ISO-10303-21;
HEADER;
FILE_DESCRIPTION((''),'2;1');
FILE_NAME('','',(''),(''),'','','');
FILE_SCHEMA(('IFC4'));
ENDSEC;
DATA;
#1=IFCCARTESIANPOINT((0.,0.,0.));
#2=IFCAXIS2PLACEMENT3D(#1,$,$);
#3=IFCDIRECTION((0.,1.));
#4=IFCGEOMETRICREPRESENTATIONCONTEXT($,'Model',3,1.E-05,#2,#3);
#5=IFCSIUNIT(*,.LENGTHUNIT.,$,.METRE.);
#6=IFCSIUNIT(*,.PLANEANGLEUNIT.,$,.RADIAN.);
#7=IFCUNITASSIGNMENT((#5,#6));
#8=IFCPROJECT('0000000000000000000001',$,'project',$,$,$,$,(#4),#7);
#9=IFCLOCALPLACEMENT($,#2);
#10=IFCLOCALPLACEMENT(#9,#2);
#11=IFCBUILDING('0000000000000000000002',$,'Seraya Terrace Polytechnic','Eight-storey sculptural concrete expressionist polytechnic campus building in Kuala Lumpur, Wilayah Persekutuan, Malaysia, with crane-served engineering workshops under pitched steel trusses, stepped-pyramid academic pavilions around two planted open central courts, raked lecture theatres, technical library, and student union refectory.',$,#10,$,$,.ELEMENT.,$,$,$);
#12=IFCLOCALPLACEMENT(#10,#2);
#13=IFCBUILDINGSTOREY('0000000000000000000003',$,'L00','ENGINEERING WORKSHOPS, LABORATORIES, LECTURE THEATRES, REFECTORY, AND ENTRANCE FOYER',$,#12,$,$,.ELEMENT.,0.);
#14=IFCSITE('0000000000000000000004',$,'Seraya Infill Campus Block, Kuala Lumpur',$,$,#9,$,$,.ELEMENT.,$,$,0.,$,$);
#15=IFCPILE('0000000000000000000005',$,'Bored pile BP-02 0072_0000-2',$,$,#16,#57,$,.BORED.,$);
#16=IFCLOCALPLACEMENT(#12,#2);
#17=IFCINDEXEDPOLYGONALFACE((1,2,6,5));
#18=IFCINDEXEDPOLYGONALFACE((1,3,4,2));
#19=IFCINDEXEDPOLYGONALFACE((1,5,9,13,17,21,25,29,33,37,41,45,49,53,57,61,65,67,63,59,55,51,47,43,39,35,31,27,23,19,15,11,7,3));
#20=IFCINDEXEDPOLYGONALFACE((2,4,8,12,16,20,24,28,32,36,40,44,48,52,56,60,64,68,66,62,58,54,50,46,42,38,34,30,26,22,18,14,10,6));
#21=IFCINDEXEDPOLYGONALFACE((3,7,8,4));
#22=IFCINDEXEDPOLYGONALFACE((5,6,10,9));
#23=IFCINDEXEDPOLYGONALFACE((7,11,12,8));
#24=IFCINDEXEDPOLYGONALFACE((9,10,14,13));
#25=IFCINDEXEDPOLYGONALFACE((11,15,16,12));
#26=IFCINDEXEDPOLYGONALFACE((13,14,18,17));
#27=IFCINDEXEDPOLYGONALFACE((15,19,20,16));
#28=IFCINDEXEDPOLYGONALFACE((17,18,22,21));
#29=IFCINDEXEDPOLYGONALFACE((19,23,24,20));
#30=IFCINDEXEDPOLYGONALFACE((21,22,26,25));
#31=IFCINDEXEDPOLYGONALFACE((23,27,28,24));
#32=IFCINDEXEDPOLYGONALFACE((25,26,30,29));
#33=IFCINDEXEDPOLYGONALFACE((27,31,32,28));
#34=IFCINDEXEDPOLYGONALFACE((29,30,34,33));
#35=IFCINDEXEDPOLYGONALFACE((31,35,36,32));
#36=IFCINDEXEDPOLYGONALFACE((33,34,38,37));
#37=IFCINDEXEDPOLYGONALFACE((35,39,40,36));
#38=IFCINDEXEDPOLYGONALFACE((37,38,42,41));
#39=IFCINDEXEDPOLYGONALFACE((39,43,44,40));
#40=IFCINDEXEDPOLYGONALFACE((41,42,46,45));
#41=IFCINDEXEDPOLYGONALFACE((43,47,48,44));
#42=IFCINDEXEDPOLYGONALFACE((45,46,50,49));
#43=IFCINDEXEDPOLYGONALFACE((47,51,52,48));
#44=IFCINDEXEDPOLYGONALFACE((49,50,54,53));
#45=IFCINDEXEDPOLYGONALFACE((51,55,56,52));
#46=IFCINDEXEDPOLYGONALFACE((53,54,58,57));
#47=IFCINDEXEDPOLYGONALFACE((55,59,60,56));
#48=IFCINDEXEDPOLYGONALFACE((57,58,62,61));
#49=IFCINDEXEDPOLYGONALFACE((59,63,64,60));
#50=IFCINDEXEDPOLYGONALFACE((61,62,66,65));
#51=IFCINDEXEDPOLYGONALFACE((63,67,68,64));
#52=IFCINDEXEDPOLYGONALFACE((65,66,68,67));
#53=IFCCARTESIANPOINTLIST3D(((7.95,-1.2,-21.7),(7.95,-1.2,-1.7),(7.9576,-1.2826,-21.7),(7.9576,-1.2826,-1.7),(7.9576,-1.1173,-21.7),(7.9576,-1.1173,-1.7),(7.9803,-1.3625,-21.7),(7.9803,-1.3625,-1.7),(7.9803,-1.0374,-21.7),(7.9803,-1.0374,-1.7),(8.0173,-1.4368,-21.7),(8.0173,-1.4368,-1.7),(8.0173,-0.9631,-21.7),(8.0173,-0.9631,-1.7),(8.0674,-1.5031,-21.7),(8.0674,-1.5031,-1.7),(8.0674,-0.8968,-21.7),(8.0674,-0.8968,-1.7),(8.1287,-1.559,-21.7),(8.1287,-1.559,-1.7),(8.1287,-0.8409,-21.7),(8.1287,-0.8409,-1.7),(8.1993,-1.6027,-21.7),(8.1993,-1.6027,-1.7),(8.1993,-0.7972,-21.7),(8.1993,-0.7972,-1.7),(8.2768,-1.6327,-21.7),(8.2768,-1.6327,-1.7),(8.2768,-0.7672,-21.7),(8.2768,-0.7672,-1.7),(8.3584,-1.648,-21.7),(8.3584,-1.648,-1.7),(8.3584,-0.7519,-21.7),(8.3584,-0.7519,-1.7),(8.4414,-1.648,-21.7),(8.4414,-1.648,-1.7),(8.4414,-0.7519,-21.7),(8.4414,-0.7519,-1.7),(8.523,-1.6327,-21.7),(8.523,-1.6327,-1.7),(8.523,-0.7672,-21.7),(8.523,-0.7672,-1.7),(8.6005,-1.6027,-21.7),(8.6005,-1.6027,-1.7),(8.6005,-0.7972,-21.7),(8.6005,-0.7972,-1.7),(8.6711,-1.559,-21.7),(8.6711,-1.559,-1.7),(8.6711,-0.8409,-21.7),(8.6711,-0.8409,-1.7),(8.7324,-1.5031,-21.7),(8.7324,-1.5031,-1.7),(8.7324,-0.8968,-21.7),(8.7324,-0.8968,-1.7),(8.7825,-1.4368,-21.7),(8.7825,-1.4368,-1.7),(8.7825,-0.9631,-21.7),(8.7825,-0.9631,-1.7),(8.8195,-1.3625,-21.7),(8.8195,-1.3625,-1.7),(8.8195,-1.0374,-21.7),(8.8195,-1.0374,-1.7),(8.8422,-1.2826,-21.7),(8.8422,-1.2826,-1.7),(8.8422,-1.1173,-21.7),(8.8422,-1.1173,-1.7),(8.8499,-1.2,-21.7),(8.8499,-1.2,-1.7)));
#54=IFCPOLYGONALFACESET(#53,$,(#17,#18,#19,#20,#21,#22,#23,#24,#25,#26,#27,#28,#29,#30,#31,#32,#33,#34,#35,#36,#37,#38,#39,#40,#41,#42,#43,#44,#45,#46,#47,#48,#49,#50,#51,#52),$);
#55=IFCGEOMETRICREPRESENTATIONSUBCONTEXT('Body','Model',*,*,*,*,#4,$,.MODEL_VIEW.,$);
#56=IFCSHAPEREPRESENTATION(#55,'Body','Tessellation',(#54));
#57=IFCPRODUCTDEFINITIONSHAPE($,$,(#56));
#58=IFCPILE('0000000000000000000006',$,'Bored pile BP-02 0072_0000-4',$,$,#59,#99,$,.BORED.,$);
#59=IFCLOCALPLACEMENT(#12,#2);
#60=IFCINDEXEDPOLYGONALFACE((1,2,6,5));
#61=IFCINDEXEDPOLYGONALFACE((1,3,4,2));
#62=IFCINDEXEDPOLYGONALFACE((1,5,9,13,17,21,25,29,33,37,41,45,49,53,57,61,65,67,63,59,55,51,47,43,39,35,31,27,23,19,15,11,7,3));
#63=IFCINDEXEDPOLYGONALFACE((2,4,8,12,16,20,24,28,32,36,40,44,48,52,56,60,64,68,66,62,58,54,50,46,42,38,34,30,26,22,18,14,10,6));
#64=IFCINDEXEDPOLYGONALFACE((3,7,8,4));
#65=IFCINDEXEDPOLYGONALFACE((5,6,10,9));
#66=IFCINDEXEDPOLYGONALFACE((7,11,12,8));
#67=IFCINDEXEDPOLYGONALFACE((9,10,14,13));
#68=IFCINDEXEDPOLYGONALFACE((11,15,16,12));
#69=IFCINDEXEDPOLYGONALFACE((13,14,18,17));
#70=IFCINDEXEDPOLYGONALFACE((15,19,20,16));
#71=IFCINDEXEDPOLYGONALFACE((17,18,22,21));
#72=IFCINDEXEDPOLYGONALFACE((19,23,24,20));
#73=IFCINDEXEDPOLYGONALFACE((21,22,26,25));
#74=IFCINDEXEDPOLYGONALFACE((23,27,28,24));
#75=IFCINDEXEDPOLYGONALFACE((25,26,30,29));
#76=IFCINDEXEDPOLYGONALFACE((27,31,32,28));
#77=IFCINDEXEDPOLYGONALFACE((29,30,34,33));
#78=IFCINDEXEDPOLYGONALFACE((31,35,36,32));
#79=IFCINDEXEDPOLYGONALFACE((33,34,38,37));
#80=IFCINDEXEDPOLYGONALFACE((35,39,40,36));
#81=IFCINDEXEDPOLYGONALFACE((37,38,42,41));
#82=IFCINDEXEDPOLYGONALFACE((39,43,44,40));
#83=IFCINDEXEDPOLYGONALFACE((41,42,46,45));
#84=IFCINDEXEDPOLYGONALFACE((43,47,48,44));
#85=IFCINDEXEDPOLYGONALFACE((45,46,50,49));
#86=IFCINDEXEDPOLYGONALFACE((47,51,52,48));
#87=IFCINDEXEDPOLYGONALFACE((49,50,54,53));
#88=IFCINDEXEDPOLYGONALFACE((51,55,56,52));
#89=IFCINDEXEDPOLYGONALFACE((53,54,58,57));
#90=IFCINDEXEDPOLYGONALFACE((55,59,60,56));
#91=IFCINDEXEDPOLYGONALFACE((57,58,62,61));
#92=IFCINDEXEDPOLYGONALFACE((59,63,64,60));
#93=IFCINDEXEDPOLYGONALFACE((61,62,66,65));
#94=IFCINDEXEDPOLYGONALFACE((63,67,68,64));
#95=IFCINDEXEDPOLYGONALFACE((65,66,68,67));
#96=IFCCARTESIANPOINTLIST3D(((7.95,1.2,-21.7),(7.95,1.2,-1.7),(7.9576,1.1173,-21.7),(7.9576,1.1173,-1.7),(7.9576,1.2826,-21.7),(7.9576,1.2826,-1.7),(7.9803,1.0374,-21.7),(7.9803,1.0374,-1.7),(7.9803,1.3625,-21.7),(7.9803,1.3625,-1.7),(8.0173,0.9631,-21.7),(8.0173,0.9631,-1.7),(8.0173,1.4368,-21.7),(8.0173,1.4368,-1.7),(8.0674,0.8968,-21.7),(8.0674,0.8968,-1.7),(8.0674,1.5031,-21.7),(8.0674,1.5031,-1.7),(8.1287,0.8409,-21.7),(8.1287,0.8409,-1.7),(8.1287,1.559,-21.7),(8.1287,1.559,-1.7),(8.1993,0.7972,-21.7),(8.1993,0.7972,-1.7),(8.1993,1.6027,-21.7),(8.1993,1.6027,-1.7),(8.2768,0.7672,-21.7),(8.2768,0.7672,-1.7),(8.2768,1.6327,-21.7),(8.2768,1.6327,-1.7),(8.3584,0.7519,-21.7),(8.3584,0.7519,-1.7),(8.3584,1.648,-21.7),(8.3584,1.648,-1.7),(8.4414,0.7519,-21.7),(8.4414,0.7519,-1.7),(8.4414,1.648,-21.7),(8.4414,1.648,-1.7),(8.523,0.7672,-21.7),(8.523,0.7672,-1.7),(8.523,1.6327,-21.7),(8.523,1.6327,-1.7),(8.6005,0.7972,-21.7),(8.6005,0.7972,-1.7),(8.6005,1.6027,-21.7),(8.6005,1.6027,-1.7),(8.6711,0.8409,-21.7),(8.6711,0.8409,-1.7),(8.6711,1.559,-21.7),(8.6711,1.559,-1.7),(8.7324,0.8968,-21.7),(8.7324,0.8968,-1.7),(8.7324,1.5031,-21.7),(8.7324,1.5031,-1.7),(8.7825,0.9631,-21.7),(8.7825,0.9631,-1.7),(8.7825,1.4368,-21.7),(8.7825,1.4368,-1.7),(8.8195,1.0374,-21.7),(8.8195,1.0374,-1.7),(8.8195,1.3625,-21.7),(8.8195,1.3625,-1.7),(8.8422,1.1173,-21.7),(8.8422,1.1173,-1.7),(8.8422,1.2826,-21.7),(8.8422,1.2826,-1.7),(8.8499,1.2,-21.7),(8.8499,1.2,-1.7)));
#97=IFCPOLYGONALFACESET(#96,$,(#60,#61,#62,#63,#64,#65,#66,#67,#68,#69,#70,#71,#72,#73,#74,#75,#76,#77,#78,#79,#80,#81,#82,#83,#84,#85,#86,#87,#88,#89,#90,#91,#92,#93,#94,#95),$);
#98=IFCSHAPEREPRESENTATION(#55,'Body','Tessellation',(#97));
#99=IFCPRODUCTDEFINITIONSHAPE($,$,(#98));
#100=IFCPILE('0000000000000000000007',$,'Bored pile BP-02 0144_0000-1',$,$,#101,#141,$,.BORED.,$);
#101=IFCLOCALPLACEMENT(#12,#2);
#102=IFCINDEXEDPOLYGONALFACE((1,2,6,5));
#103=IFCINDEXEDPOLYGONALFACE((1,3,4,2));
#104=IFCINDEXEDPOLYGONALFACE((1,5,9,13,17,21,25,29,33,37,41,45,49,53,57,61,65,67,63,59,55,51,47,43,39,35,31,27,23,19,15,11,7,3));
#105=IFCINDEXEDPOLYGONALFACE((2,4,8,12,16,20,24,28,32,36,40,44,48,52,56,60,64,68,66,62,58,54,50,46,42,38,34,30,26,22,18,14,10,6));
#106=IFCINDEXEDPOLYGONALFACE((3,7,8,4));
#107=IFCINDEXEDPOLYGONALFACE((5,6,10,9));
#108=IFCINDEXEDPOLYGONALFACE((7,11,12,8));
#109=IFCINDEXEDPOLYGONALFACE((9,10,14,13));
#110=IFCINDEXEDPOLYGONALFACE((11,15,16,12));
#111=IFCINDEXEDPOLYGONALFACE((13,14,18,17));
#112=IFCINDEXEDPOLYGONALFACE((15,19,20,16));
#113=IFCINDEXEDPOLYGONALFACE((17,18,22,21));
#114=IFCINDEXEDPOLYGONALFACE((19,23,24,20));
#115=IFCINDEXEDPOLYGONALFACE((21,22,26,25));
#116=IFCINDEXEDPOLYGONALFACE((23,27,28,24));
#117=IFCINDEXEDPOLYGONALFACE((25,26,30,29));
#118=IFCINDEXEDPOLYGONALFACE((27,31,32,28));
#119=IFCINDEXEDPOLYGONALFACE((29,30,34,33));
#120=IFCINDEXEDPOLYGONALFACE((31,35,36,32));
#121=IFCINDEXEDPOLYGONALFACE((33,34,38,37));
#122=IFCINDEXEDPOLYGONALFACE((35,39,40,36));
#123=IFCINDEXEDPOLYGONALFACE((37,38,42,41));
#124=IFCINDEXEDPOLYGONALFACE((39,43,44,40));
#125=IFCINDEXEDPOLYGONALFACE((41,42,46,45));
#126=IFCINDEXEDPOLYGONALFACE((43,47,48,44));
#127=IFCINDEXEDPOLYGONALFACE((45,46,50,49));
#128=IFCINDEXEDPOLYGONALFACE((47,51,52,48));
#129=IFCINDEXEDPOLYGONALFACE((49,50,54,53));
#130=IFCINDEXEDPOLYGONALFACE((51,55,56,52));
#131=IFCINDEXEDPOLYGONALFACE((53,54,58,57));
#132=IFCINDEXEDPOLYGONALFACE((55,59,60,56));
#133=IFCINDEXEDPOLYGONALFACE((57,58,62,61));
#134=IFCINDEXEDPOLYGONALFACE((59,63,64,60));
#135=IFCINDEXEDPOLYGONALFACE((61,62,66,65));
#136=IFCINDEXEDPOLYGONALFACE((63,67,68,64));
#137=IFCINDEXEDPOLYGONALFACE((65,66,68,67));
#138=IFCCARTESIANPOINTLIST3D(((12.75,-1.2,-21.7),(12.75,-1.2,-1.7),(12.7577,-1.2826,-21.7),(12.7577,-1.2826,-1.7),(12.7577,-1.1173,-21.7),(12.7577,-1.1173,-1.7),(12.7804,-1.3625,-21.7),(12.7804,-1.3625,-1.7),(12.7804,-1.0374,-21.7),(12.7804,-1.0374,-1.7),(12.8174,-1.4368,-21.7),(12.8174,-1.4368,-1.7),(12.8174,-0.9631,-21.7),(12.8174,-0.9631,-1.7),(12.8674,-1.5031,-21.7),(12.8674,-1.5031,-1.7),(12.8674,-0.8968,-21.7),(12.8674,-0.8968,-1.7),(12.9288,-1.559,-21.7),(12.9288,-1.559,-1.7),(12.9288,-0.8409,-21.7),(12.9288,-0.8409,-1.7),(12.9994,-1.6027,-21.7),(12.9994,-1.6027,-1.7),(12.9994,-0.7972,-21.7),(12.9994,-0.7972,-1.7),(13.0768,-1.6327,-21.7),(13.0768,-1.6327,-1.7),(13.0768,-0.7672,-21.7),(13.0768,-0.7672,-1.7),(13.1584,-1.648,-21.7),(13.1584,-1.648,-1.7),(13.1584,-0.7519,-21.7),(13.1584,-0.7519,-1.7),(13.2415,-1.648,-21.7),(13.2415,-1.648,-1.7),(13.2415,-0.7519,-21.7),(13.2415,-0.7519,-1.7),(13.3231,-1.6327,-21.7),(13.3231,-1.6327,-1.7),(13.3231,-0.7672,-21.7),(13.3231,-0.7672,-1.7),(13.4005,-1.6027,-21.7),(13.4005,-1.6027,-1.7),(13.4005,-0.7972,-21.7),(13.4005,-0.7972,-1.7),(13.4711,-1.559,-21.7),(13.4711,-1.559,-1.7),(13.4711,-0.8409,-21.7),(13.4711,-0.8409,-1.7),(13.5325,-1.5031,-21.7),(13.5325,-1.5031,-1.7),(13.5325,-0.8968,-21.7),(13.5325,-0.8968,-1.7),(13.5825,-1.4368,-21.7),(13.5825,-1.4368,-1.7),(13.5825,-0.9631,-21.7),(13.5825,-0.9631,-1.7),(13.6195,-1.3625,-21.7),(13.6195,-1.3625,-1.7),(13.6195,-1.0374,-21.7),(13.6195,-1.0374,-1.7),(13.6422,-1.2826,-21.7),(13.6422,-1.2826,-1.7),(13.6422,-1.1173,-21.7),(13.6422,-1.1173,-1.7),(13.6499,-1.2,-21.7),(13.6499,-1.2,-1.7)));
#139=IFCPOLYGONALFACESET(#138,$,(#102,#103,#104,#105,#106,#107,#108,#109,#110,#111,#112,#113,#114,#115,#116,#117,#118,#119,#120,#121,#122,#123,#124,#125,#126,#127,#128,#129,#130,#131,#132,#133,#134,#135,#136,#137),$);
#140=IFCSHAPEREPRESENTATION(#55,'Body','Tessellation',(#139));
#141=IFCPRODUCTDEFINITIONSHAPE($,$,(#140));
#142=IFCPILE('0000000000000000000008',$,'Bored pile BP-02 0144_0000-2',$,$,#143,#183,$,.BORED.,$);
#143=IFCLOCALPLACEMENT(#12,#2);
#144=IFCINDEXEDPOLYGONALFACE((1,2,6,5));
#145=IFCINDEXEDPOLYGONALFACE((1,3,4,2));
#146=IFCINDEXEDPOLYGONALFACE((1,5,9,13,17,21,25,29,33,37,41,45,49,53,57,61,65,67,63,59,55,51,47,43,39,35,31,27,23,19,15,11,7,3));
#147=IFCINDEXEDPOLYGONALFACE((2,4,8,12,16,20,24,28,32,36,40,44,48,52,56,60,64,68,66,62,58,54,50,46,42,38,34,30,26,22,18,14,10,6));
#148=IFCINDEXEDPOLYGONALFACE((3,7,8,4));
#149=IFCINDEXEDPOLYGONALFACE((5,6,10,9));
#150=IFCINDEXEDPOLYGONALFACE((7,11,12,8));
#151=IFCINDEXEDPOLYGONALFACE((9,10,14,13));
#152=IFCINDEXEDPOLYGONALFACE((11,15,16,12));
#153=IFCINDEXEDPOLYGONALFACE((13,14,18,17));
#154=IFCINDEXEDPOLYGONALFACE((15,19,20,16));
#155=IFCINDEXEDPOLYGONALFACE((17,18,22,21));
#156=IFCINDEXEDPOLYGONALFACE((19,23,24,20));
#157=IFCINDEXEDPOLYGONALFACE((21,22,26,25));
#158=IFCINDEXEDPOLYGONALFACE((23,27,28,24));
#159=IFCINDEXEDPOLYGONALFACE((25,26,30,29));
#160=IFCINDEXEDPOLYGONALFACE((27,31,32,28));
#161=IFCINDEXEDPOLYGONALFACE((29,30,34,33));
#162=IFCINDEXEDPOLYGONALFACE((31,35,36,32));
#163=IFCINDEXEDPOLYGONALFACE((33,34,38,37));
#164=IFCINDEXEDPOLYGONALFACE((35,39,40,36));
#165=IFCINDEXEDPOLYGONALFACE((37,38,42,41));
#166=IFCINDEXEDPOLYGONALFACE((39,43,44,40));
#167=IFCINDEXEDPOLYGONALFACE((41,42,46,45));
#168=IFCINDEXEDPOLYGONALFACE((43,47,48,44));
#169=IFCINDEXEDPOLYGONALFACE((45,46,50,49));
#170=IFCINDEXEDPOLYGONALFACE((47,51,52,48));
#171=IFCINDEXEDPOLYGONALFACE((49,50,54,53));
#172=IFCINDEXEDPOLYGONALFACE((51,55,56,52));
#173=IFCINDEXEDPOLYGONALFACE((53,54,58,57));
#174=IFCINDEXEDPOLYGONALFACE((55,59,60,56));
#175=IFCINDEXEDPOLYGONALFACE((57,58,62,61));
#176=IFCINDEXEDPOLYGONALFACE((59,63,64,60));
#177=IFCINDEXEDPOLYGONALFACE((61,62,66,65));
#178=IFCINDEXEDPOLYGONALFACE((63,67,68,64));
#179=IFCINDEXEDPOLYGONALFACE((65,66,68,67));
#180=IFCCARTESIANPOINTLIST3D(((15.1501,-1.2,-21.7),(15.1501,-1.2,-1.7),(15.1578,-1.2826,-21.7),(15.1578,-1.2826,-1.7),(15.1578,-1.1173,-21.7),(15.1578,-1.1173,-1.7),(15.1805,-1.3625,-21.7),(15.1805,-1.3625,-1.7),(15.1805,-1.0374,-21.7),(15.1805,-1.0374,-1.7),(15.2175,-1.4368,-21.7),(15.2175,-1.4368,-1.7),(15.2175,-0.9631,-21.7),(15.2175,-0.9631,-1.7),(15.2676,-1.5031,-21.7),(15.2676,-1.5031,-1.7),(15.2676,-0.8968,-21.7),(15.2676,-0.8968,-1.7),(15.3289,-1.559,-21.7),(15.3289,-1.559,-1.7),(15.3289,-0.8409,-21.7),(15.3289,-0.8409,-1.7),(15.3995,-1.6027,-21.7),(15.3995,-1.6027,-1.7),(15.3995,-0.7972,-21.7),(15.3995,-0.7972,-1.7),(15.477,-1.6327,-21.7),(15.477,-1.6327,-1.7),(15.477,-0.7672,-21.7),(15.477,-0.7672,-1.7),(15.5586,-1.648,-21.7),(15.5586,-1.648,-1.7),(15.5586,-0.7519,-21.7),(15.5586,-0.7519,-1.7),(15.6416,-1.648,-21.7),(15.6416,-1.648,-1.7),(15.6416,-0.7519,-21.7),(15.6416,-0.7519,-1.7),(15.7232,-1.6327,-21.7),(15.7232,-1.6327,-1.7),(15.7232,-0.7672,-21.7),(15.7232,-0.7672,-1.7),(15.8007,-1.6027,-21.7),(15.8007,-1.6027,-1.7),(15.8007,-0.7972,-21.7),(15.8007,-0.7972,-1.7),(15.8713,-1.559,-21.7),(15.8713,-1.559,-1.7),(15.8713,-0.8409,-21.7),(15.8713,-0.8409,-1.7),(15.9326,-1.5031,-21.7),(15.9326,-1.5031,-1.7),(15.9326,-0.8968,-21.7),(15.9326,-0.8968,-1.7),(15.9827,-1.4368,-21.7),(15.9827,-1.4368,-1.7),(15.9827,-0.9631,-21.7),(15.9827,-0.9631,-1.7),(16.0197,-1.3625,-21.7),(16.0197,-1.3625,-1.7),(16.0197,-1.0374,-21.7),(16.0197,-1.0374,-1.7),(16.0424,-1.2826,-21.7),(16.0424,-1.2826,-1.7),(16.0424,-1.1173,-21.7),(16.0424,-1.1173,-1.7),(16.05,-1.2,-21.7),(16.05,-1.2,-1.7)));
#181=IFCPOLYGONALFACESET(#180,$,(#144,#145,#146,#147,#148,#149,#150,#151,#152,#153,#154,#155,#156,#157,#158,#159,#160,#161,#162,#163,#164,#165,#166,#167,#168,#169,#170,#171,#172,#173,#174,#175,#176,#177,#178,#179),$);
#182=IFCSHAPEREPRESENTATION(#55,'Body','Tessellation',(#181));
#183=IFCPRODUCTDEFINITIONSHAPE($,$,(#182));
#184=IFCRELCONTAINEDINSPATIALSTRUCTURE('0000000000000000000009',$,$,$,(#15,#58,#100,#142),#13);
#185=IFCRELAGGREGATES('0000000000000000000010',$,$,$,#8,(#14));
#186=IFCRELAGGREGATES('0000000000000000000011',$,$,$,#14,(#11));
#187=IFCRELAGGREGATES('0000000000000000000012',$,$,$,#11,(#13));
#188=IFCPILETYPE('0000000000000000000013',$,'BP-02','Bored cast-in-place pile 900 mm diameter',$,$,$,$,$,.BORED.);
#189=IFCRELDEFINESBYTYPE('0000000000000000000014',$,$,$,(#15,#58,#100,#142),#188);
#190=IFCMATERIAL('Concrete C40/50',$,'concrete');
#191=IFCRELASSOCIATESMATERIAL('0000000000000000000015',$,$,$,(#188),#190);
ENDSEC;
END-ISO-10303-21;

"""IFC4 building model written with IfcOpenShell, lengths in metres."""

from ifc_helpers import new_model, si_unit, direction, frame, origin, origin_2d, place, context, subcontext, project, spatial, circle, extrude, material, material_profile, profile_set, type_object, element, save


model = new_model("IFC4")

# Units and contexts
model_context = context("Model", 3, precision=1e-05, world=origin(), true_north=direction((0.0, 1.0)))
body_context = subcontext(model_context, "Body", "Model", "MODEL_VIEW")
ifc_project = project(units=[si_unit("LENGTHUNIT", "METRE"), si_unit("PLANEANGLEUNIT", "RADIAN")], contexts=[model_context])

# Site, building, storey
site_placement = place(None, origin())
site = spatial("IfcSite", under=ifc_project, at=site_placement, Name="Seraya Infill Campus Block, Kuala Lumpur", CompositionType="ELEMENT", RefElevation=0.0)
building_placement = place(site_placement, origin())
building = spatial("IfcBuilding", under=site, at=building_placement, Name="Seraya Terrace Polytechnic", Description="Eight-storey sculptural concrete expressionist polytechnic campus building in Kuala Lumpur, Wilayah Persekutuan, Malaysia, with crane-served engineering workshops under pitched steel trusses, stepped-pyramid academic pavilions around two planted open central courts, raked lecture theatres, technical library, and student union refectory.", CompositionType="ELEMENT")
storey_placement = place(building_placement, origin())
storey = spatial("IfcBuildingStorey", under=building, at=storey_placement, Name="L00", Description="ENGINEERING WORKSHOPS, LABORATORIES, LECTURE THEATRES, REFECTORY, AND ENTRANCE FOYER", CompositionType="ELEMENT", Elevation=0.0)

# Piles
ifc_material_1 = material(Name="Concrete C40/50", Category="concrete")
ifc_material_profile_1 = material_profile(ifc_material_1, circle(Radius=0.45, at=origin_2d()), Name="DIA 900")
ifc_profile_set_1 = profile_set([ifc_material_profile_1], Name="Concrete C40/50")
pile_type = type_object("IfcPileType", Name="BP-02", Description="Bored cast-in-place pile 900 mm diameter", PredefinedType="BORED", material=ifc_profile_set_1)
for number, where, z_axis, x_axis, name in (
    (1, (8.3999, -1.2, -1.7), (0.0, 0.0, -1.0), (1.0, 0.0, 0.0), "Bored pile BP-02 0072_0000-2"),
    (2, (8.3999, 1.2, -1.7), (0.0, 0.0, -1.0), (1.0, 0.0, 0.0), "Bored pile BP-02 0072_0000-4"),
    (3, (13.2, -1.2, -1.7), (0.0, 0.0, -1.0), (1.0, 0.0, 0.0), "Bored pile BP-02 0144_0000-1"),
    (4, (15.6001, -1.2, -1.7), (0.0, 0.0, -1.0), (1.0, 0.0, 0.0), "Bored pile BP-02 0144_0000-2"),
):
    element("IfcPile", number, at=place(storey_placement, frame(where, z_axis=z_axis, x_axis=x_axis)), inside=storey, type_object=pile_type, Name=name, PredefinedType="BORED", context=body_context, shape_type="SweptSolid", body=[
        extrude(circle(Radius=0.45, at=origin_2d()), origin(), (0.0, 0.0, 1.0), 20.0),
    ])

save(model, "model.ifc")
